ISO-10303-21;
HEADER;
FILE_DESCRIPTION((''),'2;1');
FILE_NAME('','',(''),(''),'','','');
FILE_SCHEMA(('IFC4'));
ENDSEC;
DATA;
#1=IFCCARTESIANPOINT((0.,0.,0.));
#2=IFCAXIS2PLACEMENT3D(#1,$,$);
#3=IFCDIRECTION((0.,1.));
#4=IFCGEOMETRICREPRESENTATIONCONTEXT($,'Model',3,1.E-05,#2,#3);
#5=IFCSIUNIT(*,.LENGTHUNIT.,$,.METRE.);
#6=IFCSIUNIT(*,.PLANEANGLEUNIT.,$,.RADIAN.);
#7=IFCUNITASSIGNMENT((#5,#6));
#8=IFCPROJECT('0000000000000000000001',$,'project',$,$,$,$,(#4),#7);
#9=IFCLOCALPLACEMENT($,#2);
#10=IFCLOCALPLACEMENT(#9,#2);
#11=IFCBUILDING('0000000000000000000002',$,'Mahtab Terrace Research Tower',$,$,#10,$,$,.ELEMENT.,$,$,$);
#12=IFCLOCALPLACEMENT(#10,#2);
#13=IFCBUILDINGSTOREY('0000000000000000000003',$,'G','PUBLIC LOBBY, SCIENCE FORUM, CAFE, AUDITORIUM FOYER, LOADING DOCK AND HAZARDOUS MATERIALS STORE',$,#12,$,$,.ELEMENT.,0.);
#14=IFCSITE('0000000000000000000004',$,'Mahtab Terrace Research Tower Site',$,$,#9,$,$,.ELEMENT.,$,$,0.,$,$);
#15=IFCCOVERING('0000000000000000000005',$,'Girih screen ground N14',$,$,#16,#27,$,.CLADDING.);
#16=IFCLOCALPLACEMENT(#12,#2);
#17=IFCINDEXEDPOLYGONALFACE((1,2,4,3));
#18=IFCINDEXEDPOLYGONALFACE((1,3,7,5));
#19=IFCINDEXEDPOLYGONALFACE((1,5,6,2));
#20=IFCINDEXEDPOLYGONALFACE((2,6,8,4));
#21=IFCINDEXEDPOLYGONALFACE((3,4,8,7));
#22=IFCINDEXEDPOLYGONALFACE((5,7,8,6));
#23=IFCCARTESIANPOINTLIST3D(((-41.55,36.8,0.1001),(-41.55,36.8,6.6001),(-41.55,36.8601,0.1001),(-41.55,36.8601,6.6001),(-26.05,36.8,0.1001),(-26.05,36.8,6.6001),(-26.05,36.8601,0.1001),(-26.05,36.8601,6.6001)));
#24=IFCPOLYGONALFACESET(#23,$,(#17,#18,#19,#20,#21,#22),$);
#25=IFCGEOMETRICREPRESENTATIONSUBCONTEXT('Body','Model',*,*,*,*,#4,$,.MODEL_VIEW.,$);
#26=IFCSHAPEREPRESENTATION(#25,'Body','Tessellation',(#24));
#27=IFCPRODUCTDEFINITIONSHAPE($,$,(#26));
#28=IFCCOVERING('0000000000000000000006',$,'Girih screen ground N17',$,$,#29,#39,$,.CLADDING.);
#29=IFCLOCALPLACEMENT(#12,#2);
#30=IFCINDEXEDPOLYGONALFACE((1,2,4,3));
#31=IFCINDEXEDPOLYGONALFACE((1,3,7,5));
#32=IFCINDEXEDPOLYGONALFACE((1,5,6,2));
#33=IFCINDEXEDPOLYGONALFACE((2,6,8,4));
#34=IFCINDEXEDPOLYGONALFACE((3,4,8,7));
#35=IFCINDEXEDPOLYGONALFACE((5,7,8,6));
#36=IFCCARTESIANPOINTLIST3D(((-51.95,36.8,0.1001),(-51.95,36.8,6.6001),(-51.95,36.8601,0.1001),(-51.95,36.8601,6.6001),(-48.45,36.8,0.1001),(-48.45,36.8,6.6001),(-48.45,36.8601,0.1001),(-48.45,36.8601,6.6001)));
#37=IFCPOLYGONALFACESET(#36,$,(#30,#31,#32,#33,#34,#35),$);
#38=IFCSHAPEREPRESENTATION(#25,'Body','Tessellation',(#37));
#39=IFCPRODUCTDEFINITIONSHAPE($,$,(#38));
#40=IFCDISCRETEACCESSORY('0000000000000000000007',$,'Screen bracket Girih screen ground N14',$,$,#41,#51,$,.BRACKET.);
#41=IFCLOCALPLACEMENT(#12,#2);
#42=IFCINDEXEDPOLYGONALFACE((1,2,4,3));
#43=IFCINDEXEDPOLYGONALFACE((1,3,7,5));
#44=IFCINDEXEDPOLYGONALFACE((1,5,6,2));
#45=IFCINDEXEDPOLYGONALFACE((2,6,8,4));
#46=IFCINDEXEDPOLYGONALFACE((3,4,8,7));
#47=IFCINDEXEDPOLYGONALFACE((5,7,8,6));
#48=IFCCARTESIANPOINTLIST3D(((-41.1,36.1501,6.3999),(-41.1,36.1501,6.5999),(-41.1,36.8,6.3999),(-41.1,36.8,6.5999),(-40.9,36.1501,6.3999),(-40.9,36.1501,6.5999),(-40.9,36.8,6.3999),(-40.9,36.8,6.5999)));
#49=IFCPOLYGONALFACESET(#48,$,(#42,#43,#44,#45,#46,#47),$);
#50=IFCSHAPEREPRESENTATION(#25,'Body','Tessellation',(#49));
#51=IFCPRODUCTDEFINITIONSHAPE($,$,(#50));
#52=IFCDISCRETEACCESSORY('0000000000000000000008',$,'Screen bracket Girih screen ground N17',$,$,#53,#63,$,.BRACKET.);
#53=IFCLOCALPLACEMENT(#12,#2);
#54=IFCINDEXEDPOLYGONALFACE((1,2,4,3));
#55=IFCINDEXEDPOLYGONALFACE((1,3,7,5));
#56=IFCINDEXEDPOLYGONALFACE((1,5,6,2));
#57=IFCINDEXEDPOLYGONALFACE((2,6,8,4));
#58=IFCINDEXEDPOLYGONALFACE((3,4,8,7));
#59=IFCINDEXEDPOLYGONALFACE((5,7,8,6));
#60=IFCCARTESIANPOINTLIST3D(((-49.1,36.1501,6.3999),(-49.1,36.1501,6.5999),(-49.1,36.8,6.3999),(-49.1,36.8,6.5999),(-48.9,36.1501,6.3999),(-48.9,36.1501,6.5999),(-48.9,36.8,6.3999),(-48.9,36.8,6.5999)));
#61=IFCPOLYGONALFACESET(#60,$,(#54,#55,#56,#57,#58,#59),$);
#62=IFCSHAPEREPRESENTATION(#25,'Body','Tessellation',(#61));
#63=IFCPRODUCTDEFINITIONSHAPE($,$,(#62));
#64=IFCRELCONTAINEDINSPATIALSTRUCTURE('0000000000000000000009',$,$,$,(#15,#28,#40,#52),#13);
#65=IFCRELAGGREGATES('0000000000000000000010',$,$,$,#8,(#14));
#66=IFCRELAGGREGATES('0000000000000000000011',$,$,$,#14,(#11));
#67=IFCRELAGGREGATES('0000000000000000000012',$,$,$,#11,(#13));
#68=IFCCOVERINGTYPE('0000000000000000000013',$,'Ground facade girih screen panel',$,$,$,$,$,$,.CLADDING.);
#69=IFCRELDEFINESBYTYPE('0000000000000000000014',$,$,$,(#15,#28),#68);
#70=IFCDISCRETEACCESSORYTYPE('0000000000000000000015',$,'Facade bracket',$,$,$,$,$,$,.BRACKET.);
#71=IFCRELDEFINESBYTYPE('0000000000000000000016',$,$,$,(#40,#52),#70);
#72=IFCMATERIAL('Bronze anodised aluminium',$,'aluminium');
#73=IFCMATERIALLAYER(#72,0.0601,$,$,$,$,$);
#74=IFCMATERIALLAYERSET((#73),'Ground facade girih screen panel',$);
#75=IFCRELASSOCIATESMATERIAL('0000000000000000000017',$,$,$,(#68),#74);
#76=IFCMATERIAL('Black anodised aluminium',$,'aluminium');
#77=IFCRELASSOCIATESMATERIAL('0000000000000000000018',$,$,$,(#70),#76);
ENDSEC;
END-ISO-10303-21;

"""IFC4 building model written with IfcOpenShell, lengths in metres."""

from ifc_helpers import new_model, si_unit, direction, frame, origin, origin_2d, place, context, subcontext, project, spatial, rectangle, extrude, material, layer, layer_set, type_object, element, save


model = new_model("IFC4")

# Units and contexts
model_context = context("Model", 3, precision=1e-05, world=origin(), true_north=direction((0.0, 1.0)))
body_context = subcontext(model_context, "Body", "Model", "MODEL_VIEW")
ifc_project = project(units=[si_unit("LENGTHUNIT", "METRE"), si_unit("PLANEANGLEUNIT", "RADIAN")], contexts=[model_context])

# Site, building, storey
site_placement = place(None, origin())
site = spatial("IfcSite", under=ifc_project, at=site_placement, Name="Mahtab Terrace Research Tower Site", CompositionType="ELEMENT", RefElevation=0.0)
building_placement = place(site_placement, origin())
building = spatial("IfcBuilding", under=site, at=building_placement, Name="Mahtab Terrace Research Tower", CompositionType="ELEMENT")
storey_placement = place(building_placement, origin())
storey = spatial("IfcBuildingStorey", under=building, at=storey_placement, Name="G", Description="PUBLIC LOBBY, SCIENCE FORUM, CAFE, AUDITORIUM FOYER, LOADING DOCK AND HAZARDOUS MATERIALS STORE", CompositionType="ELEMENT", Elevation=0.0)

# Shared definitions
ifc_material_1 = material(Name="Black anodised aluminium", Category="aluminium")

# Coverings
ifc_material_2 = material(Name="Bronze anodised aluminium", Category="aluminium")
ifc_layer_1 = layer(ifc_material_2, 0.0601)
ifc_layer_set_1 = layer_set([ifc_layer_1], Name="Ground facade girih screen panel")
covering_type = type_object("IfcCoveringType", Name="Ground facade girih screen panel", PredefinedType="CLADDING", material=ifc_layer_set_1)
covering_1_placement = place(storey_placement, frame((-33.8, 36.8301, 0.1001), z_axis=(0.0, 0.0, 1.0), x_axis=(-1.0, 0.0, 0.0)))
element("IfcCovering", 1, at=covering_1_placement, inside=storey, type_object=covering_type, Name="Girih screen ground N14", PredefinedType="CLADDING", context=body_context, shape_type="SweptSolid", body=[
    extrude(rectangle(XDim=15.5, YDim=0.0601, at=origin_2d()), origin(), (0.0, 0.0, 1.0), 6.5),
])
covering_2_placement = place(storey_placement, frame((-50.2, 36.8301, 0.1001), z_axis=(0.0, 0.0, 1.0), x_axis=(-1.0, 0.0, 0.0)))
element("IfcCovering", 2, at=covering_2_placement, inside=storey, type_object=covering_type, Name="Girih screen ground N17", PredefinedType="CLADDING", context=body_context, shape_type="SweptSolid", body=[
    extrude(rectangle(XDim=3.5, YDim=0.0601, at=origin_2d()), origin(), (0.0, 0.0, 1.0), 6.5),
])

# Discrete accessories
discrete_accessory_type = type_object("IfcDiscreteAccessoryType", Name="Facade bracket", PredefinedType="BRACKET", material=ifc_material_1)
for number, where, z_axis, x_axis, name in (
    (3, (-41.0, 36.4751, 6.3999), (0.0, 0.0, 1.0), (-1.0, 0.0, 0.0), "Screen bracket Girih screen ground N14"),
    (4, (-49.0, 36.4751, 6.3999), (0.0, 0.0, 1.0), (-1.0, 0.0, 0.0), "Screen bracket Girih screen ground N17"),
):
    element("IfcDiscreteAccessory", number, at=place(storey_placement, frame(where, z_axis=z_axis, x_axis=x_axis)), inside=storey, type_object=discrete_accessory_type, Name=name, PredefinedType="BRACKET", context=body_context, shape_type="SweptSolid", body=[
        extrude(rectangle(XDim=0.2, YDim=0.6499, at=origin_2d()), origin(), (0.0, 0.0, 1.0), 0.2),
    ])

save(model, "model.ifc")
